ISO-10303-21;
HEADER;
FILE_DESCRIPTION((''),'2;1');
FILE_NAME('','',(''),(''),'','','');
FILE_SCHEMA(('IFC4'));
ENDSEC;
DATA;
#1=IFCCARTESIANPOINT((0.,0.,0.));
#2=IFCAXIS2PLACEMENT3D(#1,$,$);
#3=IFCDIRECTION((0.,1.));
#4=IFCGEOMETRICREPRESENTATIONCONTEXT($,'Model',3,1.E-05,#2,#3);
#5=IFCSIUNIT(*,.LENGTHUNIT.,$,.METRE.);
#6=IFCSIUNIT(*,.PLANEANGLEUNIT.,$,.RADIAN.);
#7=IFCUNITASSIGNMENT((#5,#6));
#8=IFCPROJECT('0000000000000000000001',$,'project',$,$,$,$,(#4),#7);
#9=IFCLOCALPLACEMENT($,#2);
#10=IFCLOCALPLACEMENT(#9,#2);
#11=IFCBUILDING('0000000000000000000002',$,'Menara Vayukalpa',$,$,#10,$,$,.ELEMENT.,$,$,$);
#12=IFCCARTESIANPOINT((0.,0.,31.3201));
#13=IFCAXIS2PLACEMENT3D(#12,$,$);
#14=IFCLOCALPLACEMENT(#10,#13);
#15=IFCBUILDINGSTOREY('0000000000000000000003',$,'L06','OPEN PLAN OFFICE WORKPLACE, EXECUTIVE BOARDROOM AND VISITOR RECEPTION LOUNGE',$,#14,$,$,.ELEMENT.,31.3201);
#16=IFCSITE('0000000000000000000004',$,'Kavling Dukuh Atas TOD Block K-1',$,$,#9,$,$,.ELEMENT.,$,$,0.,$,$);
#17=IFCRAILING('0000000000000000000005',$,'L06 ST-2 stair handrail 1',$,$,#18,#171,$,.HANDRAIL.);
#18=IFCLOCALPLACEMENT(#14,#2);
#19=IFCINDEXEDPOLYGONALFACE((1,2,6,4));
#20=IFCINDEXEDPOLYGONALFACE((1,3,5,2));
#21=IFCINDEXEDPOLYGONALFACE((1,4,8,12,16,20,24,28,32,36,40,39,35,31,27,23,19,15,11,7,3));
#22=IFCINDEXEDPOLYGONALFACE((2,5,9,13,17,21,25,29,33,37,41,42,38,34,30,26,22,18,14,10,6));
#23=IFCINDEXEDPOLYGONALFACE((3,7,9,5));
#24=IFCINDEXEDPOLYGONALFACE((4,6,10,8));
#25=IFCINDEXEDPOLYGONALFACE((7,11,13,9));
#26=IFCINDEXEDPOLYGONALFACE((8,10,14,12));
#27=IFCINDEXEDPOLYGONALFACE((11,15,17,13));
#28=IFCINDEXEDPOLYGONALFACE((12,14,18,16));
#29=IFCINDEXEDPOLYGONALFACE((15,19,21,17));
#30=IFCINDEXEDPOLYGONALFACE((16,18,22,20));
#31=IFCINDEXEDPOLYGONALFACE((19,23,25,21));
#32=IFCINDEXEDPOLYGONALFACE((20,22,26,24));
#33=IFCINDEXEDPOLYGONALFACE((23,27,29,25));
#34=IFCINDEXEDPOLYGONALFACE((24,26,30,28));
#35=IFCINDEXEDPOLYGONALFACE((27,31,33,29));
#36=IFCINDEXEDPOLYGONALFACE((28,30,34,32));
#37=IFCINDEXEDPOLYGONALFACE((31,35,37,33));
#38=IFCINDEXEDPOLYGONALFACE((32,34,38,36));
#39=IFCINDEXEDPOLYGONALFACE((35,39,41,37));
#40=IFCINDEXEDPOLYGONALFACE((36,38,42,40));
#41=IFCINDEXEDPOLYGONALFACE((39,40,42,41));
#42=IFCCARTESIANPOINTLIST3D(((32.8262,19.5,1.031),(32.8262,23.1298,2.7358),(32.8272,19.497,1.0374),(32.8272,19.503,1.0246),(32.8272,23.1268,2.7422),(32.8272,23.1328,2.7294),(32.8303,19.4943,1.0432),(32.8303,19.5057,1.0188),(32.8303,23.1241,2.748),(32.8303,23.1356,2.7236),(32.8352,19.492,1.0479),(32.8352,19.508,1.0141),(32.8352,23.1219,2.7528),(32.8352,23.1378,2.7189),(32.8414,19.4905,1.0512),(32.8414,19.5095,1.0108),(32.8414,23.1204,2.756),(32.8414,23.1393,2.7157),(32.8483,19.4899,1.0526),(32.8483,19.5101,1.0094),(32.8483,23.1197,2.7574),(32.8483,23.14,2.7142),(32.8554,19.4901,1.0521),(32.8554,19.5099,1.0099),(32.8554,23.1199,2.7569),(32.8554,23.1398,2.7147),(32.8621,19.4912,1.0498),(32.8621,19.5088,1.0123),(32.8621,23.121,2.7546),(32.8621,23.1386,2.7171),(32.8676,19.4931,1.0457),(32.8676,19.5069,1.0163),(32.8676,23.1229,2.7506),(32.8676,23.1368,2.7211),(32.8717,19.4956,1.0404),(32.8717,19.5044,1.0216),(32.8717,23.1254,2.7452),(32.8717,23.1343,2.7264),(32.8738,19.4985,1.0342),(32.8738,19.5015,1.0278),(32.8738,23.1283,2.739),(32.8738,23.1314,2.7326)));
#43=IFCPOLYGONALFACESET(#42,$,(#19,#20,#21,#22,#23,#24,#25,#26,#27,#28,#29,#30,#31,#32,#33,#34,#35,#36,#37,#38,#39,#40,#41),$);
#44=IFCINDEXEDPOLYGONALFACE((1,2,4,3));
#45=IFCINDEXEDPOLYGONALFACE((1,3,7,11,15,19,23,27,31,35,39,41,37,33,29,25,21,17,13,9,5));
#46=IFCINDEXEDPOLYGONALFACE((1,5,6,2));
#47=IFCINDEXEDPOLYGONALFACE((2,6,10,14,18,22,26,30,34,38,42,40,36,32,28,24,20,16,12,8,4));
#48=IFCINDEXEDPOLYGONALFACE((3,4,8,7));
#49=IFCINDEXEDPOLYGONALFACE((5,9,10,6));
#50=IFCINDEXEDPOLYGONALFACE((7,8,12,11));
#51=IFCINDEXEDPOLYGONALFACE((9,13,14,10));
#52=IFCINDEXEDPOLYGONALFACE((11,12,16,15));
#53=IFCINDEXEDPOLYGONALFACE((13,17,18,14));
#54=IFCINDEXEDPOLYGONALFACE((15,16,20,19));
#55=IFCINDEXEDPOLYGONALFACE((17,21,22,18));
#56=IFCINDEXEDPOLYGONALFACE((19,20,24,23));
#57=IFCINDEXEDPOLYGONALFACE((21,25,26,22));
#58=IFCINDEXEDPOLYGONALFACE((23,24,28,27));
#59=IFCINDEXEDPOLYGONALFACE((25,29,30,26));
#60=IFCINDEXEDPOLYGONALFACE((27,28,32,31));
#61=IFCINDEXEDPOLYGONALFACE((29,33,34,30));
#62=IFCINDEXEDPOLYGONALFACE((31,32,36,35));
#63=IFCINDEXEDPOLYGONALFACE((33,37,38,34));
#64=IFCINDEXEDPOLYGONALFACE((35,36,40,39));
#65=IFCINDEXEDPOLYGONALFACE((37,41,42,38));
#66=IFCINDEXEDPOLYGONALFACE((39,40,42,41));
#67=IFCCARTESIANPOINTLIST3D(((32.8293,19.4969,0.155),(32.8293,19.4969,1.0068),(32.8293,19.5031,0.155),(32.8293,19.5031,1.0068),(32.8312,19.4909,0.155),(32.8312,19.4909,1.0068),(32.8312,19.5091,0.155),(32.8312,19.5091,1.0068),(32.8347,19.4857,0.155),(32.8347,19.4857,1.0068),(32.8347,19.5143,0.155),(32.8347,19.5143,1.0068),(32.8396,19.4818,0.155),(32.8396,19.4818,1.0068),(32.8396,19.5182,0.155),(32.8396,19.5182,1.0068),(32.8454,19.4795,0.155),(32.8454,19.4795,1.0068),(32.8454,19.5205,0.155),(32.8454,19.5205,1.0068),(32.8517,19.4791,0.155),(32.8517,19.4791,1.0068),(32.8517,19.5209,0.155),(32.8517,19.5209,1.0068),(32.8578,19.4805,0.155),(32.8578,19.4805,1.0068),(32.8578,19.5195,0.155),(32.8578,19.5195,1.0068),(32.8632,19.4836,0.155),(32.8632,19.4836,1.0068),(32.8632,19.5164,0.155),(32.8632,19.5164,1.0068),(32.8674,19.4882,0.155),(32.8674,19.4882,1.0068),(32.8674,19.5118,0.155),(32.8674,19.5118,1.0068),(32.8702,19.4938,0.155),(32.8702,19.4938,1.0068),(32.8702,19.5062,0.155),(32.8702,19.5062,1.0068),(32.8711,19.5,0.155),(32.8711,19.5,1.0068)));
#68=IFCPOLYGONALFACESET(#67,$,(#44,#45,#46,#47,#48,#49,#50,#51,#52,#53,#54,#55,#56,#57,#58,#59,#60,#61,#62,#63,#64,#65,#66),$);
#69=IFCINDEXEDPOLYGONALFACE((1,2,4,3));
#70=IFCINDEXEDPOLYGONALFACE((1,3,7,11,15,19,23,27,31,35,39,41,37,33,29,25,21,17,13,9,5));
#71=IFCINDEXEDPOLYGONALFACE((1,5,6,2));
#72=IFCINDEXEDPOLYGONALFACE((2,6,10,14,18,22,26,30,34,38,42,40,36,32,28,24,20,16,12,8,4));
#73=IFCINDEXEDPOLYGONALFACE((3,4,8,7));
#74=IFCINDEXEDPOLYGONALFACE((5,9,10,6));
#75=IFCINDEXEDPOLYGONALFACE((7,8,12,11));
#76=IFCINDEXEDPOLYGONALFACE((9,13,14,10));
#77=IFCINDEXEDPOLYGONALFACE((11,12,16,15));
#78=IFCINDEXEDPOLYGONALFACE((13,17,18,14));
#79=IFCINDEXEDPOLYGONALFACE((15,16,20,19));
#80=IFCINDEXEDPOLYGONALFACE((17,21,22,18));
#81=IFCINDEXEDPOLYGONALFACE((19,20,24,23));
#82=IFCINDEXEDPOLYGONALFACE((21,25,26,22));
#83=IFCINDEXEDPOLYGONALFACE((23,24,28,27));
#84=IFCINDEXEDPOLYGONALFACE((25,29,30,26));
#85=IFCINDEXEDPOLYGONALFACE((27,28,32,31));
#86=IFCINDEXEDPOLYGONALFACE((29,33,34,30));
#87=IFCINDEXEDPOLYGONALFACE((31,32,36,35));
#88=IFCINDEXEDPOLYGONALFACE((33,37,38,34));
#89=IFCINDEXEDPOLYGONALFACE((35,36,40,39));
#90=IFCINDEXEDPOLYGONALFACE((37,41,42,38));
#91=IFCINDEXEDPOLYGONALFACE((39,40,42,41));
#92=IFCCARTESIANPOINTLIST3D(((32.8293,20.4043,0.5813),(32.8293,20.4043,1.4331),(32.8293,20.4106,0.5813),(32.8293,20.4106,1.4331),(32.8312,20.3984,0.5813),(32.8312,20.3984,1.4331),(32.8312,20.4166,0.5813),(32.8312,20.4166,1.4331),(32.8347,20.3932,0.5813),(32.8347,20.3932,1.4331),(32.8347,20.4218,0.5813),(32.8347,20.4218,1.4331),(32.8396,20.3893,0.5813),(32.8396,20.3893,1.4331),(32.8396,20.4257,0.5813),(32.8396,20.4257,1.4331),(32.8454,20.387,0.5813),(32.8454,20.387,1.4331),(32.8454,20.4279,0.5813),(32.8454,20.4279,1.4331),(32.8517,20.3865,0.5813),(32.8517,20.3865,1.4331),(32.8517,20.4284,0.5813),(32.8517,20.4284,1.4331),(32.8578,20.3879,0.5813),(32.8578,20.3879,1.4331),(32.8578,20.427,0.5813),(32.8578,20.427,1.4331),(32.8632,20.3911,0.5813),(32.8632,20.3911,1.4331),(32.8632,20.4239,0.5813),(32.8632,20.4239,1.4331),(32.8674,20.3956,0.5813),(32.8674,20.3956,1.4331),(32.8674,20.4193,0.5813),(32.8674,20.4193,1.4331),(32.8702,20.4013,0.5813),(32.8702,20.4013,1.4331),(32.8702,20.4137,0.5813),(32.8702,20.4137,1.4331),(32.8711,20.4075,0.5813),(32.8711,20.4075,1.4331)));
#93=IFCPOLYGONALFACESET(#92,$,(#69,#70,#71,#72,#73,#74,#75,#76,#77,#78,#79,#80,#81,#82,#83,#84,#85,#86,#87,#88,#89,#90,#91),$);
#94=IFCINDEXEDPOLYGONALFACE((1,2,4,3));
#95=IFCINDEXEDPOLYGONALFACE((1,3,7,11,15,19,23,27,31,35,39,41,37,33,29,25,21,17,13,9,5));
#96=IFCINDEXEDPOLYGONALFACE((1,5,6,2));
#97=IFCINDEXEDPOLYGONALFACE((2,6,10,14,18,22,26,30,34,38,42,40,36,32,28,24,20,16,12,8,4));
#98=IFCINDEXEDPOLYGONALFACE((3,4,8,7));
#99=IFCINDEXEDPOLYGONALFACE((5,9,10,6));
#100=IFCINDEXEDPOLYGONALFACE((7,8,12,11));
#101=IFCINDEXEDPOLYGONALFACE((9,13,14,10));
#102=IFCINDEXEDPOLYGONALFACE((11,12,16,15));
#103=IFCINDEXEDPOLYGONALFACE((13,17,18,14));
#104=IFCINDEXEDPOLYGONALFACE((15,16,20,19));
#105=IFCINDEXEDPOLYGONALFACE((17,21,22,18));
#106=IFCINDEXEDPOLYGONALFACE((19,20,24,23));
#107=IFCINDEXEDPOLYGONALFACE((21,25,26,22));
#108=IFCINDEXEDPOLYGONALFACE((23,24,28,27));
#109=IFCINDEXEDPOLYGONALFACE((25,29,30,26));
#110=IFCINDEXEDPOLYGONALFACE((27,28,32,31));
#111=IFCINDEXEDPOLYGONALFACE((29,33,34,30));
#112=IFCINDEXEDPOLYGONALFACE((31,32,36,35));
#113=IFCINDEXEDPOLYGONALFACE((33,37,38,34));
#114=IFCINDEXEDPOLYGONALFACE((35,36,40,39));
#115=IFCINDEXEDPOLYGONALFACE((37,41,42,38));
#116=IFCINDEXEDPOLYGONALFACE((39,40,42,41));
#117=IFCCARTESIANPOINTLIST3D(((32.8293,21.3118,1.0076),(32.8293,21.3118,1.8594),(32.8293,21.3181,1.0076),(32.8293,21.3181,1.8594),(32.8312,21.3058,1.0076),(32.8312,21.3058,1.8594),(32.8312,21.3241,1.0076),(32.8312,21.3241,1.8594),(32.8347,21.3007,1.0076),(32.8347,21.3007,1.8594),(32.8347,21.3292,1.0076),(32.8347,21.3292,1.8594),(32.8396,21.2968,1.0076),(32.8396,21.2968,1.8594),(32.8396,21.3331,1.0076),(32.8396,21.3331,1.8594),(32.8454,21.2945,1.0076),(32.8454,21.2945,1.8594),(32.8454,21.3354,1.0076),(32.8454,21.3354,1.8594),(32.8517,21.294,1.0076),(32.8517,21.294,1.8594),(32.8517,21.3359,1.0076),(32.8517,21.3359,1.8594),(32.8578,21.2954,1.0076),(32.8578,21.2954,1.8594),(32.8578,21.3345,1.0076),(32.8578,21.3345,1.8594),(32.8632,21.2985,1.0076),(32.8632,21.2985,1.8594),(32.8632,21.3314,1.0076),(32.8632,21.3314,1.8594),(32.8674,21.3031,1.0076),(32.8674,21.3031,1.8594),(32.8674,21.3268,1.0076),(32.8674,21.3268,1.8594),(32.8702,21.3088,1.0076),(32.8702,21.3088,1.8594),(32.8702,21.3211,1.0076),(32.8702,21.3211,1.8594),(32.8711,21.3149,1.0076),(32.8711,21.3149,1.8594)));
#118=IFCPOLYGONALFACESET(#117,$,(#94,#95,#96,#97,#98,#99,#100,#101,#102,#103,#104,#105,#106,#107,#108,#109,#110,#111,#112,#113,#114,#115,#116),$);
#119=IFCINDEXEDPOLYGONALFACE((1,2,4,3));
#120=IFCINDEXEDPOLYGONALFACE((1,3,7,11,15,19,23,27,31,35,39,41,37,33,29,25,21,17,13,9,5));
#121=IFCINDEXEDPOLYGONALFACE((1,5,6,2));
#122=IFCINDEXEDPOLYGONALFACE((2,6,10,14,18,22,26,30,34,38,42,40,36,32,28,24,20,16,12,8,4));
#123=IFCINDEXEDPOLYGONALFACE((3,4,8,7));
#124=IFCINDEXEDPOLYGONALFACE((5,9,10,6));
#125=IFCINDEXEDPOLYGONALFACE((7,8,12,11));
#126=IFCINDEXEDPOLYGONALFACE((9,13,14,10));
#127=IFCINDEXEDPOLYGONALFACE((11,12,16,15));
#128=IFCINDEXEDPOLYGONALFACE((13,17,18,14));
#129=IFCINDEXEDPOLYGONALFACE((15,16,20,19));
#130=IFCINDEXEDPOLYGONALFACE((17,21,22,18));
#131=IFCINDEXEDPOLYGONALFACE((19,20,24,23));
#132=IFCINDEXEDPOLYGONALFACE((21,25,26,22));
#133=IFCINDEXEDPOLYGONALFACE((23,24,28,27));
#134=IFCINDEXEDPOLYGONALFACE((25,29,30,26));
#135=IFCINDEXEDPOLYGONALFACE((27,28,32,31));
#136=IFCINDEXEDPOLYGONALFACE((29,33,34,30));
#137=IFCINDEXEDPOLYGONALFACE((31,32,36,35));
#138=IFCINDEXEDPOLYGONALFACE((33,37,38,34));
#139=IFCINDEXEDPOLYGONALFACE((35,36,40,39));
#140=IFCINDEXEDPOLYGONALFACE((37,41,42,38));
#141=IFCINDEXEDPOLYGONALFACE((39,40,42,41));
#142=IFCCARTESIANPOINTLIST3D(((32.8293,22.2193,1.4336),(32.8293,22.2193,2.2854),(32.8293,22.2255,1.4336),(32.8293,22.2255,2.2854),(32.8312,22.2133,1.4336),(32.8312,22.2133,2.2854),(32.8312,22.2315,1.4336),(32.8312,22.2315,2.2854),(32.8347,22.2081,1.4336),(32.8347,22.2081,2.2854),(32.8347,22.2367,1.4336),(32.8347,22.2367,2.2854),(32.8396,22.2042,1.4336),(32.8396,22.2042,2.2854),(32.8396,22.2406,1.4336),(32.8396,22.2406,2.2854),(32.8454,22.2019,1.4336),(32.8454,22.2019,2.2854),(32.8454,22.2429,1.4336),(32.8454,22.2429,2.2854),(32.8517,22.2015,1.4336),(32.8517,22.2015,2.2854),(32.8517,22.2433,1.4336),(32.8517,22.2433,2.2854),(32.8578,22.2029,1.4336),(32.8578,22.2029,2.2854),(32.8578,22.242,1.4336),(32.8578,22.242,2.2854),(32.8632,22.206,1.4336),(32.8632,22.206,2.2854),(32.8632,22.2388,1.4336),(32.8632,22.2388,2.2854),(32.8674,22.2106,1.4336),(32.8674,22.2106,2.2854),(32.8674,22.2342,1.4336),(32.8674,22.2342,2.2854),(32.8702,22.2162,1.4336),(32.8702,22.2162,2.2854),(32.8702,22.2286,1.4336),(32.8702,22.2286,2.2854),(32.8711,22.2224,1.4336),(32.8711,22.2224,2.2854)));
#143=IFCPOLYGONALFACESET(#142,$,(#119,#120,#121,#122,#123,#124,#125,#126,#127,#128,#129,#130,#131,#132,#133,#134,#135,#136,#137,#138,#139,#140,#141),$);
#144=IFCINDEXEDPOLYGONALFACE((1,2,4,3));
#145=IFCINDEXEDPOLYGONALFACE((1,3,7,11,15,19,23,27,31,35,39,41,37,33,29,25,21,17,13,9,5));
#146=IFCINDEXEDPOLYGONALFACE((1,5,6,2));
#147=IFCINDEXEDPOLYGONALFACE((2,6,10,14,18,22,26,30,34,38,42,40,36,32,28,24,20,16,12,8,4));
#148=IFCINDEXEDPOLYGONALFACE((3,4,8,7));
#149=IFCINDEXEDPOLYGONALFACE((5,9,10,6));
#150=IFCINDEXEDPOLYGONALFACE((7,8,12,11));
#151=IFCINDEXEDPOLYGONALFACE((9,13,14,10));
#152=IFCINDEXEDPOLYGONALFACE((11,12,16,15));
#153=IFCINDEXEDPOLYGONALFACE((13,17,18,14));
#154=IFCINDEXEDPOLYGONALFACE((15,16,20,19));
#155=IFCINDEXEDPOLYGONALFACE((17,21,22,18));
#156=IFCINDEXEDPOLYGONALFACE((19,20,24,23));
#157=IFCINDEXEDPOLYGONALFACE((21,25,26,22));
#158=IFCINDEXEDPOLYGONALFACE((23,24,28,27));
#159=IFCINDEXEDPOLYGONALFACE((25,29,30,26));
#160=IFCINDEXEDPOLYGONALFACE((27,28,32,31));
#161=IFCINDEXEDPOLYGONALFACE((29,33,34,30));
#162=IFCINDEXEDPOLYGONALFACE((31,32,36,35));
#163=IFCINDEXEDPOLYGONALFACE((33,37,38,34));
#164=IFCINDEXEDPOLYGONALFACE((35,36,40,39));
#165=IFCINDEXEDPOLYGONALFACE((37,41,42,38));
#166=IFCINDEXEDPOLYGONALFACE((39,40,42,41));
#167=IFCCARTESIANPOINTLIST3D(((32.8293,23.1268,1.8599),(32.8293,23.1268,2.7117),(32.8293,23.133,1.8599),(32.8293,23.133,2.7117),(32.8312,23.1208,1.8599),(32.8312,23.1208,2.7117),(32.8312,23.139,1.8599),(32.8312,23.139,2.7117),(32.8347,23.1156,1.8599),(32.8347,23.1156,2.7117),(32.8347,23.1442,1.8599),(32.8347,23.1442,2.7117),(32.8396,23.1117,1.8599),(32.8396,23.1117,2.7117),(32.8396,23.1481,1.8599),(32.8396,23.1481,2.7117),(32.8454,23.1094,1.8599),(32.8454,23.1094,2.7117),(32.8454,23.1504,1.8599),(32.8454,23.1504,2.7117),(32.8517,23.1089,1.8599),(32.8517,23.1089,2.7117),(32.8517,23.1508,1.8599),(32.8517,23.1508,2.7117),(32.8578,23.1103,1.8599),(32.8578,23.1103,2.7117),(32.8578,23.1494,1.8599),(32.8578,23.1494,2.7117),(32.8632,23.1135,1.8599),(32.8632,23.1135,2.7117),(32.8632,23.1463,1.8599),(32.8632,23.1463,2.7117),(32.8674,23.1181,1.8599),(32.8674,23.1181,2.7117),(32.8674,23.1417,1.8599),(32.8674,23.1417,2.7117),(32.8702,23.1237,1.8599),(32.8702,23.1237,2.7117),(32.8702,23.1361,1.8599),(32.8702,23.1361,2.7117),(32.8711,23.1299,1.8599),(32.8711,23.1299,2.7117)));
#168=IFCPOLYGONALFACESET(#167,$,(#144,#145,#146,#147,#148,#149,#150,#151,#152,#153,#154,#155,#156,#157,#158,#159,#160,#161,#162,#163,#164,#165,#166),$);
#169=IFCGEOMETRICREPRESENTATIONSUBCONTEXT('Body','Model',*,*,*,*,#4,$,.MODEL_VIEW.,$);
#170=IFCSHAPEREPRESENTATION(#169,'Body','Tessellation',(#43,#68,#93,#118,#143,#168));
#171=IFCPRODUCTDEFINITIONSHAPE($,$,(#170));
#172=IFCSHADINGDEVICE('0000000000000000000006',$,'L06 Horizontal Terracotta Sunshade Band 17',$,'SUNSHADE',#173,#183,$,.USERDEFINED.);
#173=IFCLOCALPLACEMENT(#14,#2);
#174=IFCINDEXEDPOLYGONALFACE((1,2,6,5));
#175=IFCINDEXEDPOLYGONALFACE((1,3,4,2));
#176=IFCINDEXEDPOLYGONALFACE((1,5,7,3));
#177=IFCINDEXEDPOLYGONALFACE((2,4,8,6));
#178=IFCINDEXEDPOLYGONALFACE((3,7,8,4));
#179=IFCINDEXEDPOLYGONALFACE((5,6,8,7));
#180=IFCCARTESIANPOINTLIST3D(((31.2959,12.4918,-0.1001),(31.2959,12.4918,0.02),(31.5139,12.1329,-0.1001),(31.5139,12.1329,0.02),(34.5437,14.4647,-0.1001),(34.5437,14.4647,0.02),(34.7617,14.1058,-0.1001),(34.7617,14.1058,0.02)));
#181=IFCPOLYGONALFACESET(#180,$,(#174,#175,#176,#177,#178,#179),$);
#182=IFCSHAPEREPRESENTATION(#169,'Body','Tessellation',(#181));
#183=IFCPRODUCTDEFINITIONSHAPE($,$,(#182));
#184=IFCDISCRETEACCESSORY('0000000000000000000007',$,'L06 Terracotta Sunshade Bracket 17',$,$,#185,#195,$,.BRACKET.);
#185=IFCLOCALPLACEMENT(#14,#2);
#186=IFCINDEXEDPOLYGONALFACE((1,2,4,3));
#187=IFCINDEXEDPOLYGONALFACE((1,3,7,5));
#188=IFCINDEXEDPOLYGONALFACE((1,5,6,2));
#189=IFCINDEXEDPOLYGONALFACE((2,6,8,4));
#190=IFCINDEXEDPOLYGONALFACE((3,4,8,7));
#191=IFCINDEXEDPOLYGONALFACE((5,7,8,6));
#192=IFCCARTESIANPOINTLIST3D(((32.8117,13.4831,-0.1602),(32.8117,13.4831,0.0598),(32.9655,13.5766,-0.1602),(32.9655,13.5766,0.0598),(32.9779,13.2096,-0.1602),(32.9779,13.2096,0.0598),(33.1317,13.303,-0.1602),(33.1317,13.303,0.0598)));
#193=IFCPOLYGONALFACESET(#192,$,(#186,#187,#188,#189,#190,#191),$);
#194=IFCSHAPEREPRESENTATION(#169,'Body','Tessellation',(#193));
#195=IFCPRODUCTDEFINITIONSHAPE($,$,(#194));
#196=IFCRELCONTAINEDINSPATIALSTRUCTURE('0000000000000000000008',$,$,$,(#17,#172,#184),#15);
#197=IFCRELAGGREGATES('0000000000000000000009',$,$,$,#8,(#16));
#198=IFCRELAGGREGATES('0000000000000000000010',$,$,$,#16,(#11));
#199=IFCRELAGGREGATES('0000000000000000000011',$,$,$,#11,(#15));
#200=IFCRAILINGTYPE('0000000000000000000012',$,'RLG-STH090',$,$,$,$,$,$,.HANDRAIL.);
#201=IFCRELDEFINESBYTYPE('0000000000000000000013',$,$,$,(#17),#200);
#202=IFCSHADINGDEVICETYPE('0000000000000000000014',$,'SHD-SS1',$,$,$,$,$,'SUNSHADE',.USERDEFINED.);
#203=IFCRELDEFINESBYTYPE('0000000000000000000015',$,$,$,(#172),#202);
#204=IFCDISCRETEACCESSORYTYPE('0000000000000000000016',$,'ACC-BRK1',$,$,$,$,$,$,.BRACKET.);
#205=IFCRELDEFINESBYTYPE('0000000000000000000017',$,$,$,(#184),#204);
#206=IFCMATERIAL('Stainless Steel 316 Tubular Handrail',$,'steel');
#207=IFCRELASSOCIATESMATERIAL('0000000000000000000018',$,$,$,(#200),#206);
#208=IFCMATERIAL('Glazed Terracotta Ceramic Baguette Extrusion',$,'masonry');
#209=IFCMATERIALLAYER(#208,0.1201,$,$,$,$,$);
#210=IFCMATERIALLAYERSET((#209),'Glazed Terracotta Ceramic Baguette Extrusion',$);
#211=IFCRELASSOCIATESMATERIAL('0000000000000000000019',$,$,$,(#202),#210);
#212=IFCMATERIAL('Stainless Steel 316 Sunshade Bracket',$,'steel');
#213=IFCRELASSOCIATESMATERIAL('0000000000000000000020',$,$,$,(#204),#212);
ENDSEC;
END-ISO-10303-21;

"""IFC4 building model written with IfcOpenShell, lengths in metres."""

from ifc_helpers import new_model, si_unit, direction, frame, origin, origin_2d, place, context, subcontext, project, spatial, rectangle, circle, extrude, material, layer, layer_set, type_object, element, save


model = new_model("IFC4")

# Units and contexts
model_context = context("Model", 3, precision=1e-05, world=origin(), true_north=direction((0.0, 1.0)))
body_context = subcontext(model_context, "Body", "Model", "MODEL_VIEW")
ifc_project = project(units=[si_unit("LENGTHUNIT", "METRE"), si_unit("PLANEANGLEUNIT", "RADIAN")], contexts=[model_context])

# Site, building, storey
site_placement = place(None, origin())
site = spatial("IfcSite", under=ifc_project, at=site_placement, Name="Kavling Dukuh Atas TOD Block K-1", CompositionType="ELEMENT", RefElevation=0.0)
building_placement = place(site_placement, origin())
building = spatial("IfcBuilding", under=site, at=building_placement, Name="Menara Vayukalpa", CompositionType="ELEMENT")
storey_placement = place(building_placement, frame((0.0, 0.0, 31.3201)))
storey = spatial("IfcBuildingStorey", under=building, at=storey_placement, Name="L06", Description="OPEN PLAN OFFICE WORKPLACE, EXECUTIVE BOARDROOM AND VISITOR RECEPTION LOUNGE", CompositionType="ELEMENT", Elevation=31.3201)

# Railing
ifc_material_1 = material(Name="Stainless Steel 316 Tubular Handrail", Category="steel")
railing_type_1 = type_object("IfcRailingType", Name="RLG-STH090", PredefinedType="HANDRAIL", material=ifc_material_1)
railing_1_placement = place(storey_placement, frame((32.8501, 19.5, 0.155)))
element("IfcRailing", 1, at=railing_1_placement, inside=storey, type_object=railing_type_1, Name="L06 ST-2 stair handrail 1", PredefinedType="HANDRAIL", context=body_context, shape_type="SweptSolid", body=[
    extrude(circle(Radius=0.0239, at=origin_2d()), frame((0.0, 0.0, 0.876), z_axis=(0.0, 0.90514, 0.425114), x_axis=(-1.0, 0.0, 0.0)), (0.0, 0.0, 1.0), 4.0103),
    extrude(circle(Radius=0.021, at=origin_2d()), origin(), (0.0, 0.0, 1.0), 0.8518),
    extrude(circle(Radius=0.021, at=origin_2d()), frame((0.0, 0.9075, 0.4263)), (0.0, 0.0, 1.0), 0.8518),
    extrude(circle(Radius=0.021, at=origin_2d()), frame((0.0, 1.8149, 0.8525)), (0.0, 0.0, 1.0), 0.8518),
    extrude(circle(Radius=0.021, at=origin_2d()), frame((0.0, 2.7224, 1.2786)), (0.0, 0.0, 1.0), 0.8518),
    extrude(circle(Radius=0.021, at=origin_2d()), frame((0.0, 3.6299, 1.7048)), (0.0, 0.0, 1.0), 0.8518),
])

# Shading device
ifc_material_2 = material(Name="Glazed Terracotta Ceramic Baguette Extrusion", Category="masonry")
ifc_layer_1 = layer(ifc_material_2, 0.1201)
ifc_layer_set_1 = layer_set([ifc_layer_1], Name="Glazed Terracotta Ceramic Baguette Extrusion")
shading_device_type = type_object("IfcShadingDeviceType", Name="SHD-SS1", ElementType="SUNSHADE", PredefinedType="USERDEFINED", material=ifc_layer_set_1)
shading_device_placement = place(storey_placement, frame((33.0288, 13.2988, -0.1001), z_axis=(0.0, 0.0, 1.0), x_axis=(0.854667, 0.519176, 0.0)))
element("IfcShadingDevice", 2, at=shading_device_placement, inside=storey, type_object=shading_device_type, Name="L06 Horizontal Terracotta Sunshade Band 17", ObjectType="SUNSHADE", PredefinedType="USERDEFINED", context=body_context, shape_type="SweptSolid", body=[
    extrude(rectangle(XDim=3.8, YDim=0.4199, at=origin_2d()), origin(), (0.0, 0.0, 1.0), 0.1201),
])

# Discrete accessory
ifc_material_3 = material(Name="Stainless Steel 316 Sunshade Bracket", Category="steel")
discrete_accessory_type = type_object("IfcDiscreteAccessoryType", Name="ACC-BRK1", PredefinedType="BRACKET", material=ifc_material_3)
discrete_accessory_placement = place(storey_placement, frame((32.9717, 13.3931, -0.1602), z_axis=(0.0, 0.0, 1.0), x_axis=(0.854667, 0.519176, 0.0)))
element("IfcDiscreteAccessory", 3, at=discrete_accessory_placement, inside=storey, type_object=discrete_accessory_type, Name="L06 Terracotta Sunshade Bracket 17", PredefinedType="BRACKET", context=body_context, shape_type="SweptSolid", body=[
    extrude(rectangle(XDim=0.1799, YDim=0.3201, at=origin_2d()), origin(), (0.0, 0.0, 1.0), 0.22),
])

save(model, "model.ifc")
